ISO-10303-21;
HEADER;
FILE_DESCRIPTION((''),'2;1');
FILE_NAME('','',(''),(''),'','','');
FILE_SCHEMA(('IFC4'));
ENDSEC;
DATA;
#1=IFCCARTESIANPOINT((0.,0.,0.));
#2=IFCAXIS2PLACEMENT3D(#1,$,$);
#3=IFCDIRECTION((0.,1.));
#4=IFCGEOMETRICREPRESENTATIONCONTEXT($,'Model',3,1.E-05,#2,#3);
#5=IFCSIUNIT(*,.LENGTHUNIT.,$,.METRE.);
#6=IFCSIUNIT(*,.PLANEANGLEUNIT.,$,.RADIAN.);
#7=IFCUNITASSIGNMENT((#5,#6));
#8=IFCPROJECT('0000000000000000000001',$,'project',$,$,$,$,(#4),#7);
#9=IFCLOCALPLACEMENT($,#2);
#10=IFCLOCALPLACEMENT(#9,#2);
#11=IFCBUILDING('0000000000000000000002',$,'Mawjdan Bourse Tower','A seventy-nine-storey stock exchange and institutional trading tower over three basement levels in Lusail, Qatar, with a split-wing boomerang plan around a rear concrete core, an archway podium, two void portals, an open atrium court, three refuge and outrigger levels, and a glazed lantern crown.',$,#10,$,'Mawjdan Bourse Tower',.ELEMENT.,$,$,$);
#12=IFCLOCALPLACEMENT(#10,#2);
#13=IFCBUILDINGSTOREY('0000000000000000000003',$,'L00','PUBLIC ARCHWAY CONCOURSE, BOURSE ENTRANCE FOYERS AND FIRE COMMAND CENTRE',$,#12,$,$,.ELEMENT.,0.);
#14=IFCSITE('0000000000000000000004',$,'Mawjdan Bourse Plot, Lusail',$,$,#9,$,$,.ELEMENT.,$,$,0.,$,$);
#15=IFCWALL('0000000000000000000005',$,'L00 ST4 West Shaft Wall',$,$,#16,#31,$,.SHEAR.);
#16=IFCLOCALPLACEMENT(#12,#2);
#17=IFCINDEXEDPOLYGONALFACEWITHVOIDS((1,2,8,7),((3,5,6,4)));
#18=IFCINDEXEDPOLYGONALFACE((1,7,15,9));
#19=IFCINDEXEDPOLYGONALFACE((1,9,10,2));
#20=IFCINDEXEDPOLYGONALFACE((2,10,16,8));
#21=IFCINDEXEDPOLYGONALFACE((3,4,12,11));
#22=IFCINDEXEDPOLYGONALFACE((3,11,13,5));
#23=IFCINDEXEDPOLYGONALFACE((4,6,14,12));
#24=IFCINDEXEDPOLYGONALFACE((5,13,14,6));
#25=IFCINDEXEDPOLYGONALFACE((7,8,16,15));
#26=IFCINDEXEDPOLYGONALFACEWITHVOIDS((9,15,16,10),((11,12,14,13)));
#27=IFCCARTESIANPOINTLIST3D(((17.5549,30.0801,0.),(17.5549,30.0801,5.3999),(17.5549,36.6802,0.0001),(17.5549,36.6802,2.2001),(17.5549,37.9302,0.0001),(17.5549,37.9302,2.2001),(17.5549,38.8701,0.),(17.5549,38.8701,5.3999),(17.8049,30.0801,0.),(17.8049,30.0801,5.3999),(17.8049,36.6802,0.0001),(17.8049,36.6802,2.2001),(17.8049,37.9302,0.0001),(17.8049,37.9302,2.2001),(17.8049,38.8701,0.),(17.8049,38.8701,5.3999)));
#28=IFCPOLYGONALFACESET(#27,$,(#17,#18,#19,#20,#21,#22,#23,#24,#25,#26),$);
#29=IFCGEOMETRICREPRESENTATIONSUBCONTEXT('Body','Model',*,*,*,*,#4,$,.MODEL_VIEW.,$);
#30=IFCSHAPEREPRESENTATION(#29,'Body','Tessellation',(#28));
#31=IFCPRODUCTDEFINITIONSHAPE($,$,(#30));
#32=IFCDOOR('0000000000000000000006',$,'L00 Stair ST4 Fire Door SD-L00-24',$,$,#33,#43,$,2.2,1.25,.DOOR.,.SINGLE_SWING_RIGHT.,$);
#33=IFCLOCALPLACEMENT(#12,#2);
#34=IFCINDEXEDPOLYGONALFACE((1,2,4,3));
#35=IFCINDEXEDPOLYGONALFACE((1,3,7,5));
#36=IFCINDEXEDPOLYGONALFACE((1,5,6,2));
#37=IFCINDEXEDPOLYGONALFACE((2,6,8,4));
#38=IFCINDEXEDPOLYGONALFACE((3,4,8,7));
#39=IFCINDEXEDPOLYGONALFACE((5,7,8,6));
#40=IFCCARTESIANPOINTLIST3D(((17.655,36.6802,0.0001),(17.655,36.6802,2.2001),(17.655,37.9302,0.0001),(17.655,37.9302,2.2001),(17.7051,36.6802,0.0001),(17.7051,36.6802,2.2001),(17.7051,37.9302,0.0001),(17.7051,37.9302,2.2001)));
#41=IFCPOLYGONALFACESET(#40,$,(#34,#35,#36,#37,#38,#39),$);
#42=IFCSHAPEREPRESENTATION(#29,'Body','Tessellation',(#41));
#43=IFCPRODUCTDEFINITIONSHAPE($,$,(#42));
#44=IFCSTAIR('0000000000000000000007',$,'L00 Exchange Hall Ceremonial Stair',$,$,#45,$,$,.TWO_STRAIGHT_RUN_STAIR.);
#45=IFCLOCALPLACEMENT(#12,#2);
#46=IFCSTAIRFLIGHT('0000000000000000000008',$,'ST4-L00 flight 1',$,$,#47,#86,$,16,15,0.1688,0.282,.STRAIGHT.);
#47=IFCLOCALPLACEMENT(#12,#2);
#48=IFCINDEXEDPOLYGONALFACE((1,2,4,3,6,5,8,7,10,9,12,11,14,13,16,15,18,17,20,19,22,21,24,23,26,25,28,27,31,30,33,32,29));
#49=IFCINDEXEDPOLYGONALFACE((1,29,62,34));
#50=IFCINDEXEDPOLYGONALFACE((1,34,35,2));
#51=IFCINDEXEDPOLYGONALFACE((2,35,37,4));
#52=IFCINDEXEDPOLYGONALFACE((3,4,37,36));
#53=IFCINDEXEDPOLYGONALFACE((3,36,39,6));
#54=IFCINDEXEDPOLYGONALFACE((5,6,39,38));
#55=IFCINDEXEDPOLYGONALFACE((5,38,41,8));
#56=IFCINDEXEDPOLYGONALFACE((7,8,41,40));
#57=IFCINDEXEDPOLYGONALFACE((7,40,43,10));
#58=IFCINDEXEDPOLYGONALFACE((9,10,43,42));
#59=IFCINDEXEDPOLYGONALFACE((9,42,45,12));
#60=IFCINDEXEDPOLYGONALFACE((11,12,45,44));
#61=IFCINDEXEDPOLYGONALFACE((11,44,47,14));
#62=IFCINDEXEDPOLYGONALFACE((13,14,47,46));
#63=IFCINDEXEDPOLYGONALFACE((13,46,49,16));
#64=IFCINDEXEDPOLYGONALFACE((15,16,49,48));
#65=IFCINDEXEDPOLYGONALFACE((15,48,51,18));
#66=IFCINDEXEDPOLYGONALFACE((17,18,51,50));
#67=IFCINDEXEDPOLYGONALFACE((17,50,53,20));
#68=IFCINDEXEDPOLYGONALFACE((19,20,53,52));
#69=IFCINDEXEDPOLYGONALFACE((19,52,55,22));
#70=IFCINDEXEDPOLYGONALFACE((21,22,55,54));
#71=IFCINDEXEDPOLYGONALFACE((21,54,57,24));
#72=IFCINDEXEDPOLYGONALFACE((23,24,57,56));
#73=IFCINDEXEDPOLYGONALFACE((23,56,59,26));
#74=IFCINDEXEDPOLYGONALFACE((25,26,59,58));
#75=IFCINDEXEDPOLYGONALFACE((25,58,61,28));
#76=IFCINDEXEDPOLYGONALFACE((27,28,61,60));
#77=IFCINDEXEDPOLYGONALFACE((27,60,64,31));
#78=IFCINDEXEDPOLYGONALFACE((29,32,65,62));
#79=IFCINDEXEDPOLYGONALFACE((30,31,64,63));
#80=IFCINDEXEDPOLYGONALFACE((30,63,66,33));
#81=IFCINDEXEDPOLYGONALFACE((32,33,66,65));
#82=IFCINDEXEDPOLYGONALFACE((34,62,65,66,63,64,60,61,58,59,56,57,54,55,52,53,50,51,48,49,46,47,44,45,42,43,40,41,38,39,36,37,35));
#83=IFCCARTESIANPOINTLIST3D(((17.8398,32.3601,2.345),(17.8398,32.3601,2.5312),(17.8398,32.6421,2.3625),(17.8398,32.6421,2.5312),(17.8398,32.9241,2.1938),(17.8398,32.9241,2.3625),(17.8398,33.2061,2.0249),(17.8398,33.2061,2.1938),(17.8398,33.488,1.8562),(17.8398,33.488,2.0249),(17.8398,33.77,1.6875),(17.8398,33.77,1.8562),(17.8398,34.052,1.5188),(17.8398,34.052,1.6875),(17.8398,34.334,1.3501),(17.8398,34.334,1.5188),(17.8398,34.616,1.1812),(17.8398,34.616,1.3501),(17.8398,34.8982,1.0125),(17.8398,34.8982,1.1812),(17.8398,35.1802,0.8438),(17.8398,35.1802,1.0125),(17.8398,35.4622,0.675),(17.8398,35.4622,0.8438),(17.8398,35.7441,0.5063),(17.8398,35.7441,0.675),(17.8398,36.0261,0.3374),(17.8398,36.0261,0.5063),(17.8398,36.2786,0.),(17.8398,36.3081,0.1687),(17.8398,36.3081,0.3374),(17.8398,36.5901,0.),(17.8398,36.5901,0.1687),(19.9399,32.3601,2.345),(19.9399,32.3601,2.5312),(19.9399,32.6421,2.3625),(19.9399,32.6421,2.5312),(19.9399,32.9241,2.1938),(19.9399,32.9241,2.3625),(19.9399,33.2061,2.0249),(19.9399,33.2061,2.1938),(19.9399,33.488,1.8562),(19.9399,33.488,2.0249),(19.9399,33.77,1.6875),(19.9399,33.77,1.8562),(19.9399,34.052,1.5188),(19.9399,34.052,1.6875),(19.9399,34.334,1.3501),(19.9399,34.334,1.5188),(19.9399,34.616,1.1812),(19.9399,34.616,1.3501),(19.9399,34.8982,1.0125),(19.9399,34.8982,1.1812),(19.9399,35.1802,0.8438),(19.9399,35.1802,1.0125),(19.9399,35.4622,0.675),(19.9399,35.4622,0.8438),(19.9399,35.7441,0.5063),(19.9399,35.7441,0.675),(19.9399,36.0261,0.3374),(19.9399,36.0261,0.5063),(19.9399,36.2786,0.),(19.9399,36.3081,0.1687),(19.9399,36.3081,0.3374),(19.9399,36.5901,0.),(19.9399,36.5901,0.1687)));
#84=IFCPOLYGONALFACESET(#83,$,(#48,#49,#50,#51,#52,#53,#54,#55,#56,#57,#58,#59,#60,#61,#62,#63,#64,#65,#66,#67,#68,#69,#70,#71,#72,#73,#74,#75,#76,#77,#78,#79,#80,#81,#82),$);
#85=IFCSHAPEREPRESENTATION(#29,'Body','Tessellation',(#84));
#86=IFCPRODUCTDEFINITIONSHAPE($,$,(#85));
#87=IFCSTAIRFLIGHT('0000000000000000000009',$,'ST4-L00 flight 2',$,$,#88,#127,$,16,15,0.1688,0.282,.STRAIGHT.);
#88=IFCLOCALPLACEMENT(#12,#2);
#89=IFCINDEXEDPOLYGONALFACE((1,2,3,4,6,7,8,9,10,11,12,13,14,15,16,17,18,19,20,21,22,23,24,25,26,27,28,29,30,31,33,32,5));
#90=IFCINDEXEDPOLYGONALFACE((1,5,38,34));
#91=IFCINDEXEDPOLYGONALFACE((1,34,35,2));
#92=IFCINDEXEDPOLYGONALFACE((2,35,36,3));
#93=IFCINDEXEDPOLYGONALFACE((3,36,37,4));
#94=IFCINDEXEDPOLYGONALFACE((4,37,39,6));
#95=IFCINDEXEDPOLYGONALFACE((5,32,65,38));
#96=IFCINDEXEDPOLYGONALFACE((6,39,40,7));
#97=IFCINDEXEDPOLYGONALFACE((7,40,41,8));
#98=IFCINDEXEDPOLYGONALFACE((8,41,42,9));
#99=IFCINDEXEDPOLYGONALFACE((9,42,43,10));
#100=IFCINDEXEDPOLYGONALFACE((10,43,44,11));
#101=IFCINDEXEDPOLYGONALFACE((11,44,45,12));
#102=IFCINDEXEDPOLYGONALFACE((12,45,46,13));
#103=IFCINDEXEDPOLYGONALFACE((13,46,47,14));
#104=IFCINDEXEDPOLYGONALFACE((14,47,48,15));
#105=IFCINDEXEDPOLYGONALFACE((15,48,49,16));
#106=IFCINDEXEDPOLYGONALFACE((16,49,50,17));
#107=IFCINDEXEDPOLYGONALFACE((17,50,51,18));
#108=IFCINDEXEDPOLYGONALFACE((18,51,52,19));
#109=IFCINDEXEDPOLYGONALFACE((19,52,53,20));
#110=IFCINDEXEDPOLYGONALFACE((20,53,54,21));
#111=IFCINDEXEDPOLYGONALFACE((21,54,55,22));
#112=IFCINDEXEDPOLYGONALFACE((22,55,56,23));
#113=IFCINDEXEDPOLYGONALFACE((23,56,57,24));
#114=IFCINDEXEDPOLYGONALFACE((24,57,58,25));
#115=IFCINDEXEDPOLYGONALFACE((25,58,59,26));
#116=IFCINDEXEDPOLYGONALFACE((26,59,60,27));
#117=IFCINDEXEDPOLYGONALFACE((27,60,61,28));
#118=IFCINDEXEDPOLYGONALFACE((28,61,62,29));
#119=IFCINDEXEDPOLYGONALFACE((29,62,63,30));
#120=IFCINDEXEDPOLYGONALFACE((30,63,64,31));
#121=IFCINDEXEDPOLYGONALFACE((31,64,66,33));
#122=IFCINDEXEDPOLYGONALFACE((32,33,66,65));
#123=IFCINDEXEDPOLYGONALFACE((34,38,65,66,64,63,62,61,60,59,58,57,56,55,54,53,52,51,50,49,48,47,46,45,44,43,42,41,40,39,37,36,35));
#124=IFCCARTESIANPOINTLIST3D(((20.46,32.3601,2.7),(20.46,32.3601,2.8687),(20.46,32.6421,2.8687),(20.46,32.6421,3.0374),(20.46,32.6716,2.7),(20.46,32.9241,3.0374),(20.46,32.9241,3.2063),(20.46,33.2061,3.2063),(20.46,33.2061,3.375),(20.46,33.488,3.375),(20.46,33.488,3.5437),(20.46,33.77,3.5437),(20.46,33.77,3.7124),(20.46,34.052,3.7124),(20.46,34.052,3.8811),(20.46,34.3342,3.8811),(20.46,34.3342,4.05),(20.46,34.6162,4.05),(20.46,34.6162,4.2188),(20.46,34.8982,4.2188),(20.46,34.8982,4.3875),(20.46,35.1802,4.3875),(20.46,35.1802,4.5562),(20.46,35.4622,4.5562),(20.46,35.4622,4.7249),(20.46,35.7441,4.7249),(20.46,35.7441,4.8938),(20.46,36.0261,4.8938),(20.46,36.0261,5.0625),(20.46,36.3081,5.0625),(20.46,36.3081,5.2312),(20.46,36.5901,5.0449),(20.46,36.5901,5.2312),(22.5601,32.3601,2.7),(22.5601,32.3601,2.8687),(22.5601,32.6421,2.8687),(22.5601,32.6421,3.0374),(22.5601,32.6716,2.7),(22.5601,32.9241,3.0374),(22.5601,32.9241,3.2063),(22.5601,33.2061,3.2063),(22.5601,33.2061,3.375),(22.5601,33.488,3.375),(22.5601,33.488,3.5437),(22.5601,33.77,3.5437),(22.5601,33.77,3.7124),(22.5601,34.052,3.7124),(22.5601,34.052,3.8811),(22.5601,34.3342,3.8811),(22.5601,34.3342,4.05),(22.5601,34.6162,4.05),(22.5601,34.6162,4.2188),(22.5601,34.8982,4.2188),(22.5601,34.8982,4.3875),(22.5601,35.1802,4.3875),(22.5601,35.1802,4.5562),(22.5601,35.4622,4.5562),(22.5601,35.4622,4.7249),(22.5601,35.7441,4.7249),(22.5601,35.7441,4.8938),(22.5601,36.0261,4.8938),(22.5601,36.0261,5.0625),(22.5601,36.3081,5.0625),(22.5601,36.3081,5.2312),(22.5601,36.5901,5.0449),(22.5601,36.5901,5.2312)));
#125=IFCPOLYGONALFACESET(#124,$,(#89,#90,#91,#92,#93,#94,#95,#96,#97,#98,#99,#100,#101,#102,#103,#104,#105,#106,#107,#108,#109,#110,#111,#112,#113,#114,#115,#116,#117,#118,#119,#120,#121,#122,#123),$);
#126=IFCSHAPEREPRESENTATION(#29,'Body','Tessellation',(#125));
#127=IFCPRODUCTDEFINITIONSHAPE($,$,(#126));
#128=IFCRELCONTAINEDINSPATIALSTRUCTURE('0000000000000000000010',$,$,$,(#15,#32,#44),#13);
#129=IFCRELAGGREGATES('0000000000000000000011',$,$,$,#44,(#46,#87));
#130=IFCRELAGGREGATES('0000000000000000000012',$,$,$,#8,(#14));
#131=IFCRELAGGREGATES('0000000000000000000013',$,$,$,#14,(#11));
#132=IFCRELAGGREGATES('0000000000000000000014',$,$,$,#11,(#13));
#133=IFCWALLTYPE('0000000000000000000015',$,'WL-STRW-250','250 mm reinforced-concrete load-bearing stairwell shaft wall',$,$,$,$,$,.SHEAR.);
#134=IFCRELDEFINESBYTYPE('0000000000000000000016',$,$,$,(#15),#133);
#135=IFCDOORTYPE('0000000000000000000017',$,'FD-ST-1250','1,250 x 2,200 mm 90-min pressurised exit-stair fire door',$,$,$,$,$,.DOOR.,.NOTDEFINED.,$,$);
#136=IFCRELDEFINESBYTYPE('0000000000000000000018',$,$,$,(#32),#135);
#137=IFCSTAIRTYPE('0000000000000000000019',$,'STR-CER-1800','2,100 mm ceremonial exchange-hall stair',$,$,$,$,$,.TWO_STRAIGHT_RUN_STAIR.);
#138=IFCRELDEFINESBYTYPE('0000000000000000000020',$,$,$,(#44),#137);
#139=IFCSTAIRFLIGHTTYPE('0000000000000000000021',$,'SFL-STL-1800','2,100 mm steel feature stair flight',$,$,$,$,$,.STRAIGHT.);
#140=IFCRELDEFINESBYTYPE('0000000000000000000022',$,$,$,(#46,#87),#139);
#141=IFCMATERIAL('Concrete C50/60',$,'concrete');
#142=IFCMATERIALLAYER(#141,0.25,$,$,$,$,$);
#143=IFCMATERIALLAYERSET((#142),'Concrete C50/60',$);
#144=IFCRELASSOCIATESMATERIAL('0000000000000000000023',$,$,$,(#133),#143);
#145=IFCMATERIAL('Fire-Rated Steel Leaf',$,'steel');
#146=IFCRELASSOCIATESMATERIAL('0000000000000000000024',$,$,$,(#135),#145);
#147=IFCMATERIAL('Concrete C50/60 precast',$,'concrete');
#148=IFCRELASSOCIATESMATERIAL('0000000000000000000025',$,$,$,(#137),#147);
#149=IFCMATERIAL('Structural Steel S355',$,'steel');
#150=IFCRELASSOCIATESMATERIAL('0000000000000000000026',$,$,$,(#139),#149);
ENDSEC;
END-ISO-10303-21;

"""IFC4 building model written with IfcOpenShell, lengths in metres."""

from ifc_helpers import new_model, si_unit, direction, frame, frame_2d, origin, place, context, subcontext, project, spatial, polyline, rectangle, outline, extrude, material, layer, layer_set, type_object, element, fill, aggregate, save


model = new_model("IFC4")

# Units and contexts
model_context = context("Model", 3, precision=1e-05, world=origin(), true_north=direction((0.0, 1.0)))
body_context = subcontext(model_context, "Body", "Model", "MODEL_VIEW")
ifc_project = project(units=[si_unit("LENGTHUNIT", "METRE"), si_unit("PLANEANGLEUNIT", "RADIAN")], contexts=[model_context])

# Site, building, storey
site_placement = place(None, origin())
site = spatial("IfcSite", under=ifc_project, at=site_placement, Name="Mawjdan Bourse Plot, Lusail", CompositionType="ELEMENT", RefElevation=0.0)
building_placement = place(site_placement, origin())
building = spatial("IfcBuilding", under=site, at=building_placement, Name="Mawjdan Bourse Tower", Description="A seventy-nine-storey stock exchange and institutional trading tower over three basement levels in Lusail, Qatar, with a split-wing boomerang plan around a rear concrete core, an archway podium, two void portals, an open atrium court, three refuge and outrigger levels, and a glazed lantern crown.", LongName="Mawjdan Bourse Tower", CompositionType="ELEMENT")
storey_placement = place(building_placement, origin())
storey = spatial("IfcBuildingStorey", under=building, at=storey_placement, Name="L00", Description="PUBLIC ARCHWAY CONCOURSE, BOURSE ENTRANCE FOYERS AND FIRE COMMAND CENTRE", CompositionType="ELEMENT", Elevation=0.0)

# Shared definitions
ifc_material_1 = material(Name="Structural Steel S355", Category="steel")

# Shared definitions
ifc_material_2 = material(Name="Concrete C50/60", Category="concrete")
ifc_layer = layer(ifc_material_2, 0.25)
ifc_layer_set = layer_set([ifc_layer], Name="Concrete C50/60")
wall_type = type_object("IfcWallType", Name="WL-STRW-250", Description="250 mm reinforced-concrete load-bearing stairwell shaft wall", PredefinedType="SHEAR", material=ifc_layer_set)

# Wall, opening, door
wall_1_placement = place(storey_placement, frame((17.6799, 30.0801, 0.0), z_axis=(0.0, 0.0, 1.0), x_axis=(0.0, 1.0, 0.0)))
wall_1 = element("IfcWall", 1, at=wall_1_placement, inside=storey, type_object=wall_type, Name="L00 ST4 West Shaft Wall", PredefinedType="SHEAR", context=body_context, shape_type="SweptSolid", body=[
    extrude(rectangle(XDim=8.79, YDim=0.25, at=frame_2d((4.395, 0.0))), origin(), (0.0, 0.0, 1.0), 5.3999),
])
opening_placement = place(wall_1_placement, frame((6.6001, 0.0, 0.0)))
opening = element("IfcOpeningElement", 2, at=opening_placement, cuts=wall_1, PredefinedType="OPENING", context=body_context, shape_type="SweptSolid", body=[
    extrude(rectangle(XDim=1.25, YDim=2.2, at=frame_2d((0.625, 1.1001))), frame((0.0, 0.135, 0.0), z_axis=(0.0, -1.0, 0.0), x_axis=(1.0, 0.0, 0.0)), (0.0, 0.0, 1.0), 0.27),
])
ifc_material_3 = material(Name="Fire-Rated Steel Leaf", Category="steel")
door_type = type_object("IfcDoorType", Name="FD-ST-1250", Description="1,250 x 2,200 mm 90-min pressurised exit-stair fire door", OperationType="NOTDEFINED", PredefinedType="DOOR", material=ifc_material_3)
door_placement = place(opening_placement, origin())
door = element("IfcDoor", 3, at=door_placement, inside=storey, type_object=door_type, Name="L00 Stair ST4 Fire Door SD-L00-24", OperationType="SINGLE_SWING_RIGHT", OverallHeight=2.2, OverallWidth=1.25, PredefinedType="DOOR", context=body_context, shape_type="SweptSolid", body=[
    extrude(rectangle(XDim=1.25, YDim=2.2, at=frame_2d((0.625, 1.1001))), frame((0.0, 0.0249, 0.0), z_axis=(0.0, -1.0, 0.0), x_axis=(1.0, 0.0, 0.0)), (0.0, 0.0, 1.0), 0.05),
])
fill(opening, door)

# Stair, stair flights
ifc_material_4 = material(Name="Concrete C50/60 precast", Category="concrete")
stair_type = type_object("IfcStairType", Name="STR-CER-1800", Description="2,100 mm ceremonial exchange-hall stair", PredefinedType="TWO_STRAIGHT_RUN_STAIR", material=ifc_material_4)
stair_placement = place(storey_placement, origin())
stair = element("IfcStair", 4, at=stair_placement, inside=storey, type_object=stair_type, Name="L00 Exchange Hall Ceremonial Stair", PredefinedType="TWO_STRAIGHT_RUN_STAIR")
stair_flight_type = type_object("IfcStairFlightType", Name="SFL-STL-1800", Description="2,100 mm steel feature stair flight", PredefinedType="STRAIGHT", material=ifc_material_1)
stair_flight_1_placement = place(storey_placement, frame((18.8899, 36.5901, 0.0), z_axis=(0.0, 0.0, 1.0), x_axis=(0.0, -1.0, 0.0)))
stair_flight_1 = element("IfcStairFlight", 5, at=stair_flight_1_placement, type_object=stair_flight_type, Name="ST4-L00 flight 1", NumberOfRisers=16, NumberOfTreads=15, PredefinedType="STRAIGHT", RiserHeight=0.1688, TreadLength=0.282, context=body_context, shape_type="SweptSolid", body=[
    extrude(outline(polyline([(0.0, 0.0), (0.0, 0.1687), (0.282, 0.1687), (0.282, 0.3374), (0.564, 0.3374), (0.564, 0.5063), (0.8459, 0.5063), (0.8459, 0.675), (1.1279, 0.675), (1.1279, 0.8438), (1.4099, 0.8438), (1.4099, 1.0125), (1.6919, 1.0125), (1.6919, 1.1812), (1.9741, 1.1812), (1.9741, 1.3501), (2.2561, 1.3501), (2.2561, 1.5188), (2.5381, 1.5188), (2.5381, 1.6875), (2.8201, 1.6875), (2.8201, 1.8562), (3.1021, 1.8562), (3.1021, 2.0249), (3.384, 2.0249), (3.384, 2.1938), (3.666, 2.1938), (3.666, 2.3625), (3.948, 2.3625), (3.948, 2.5312), (4.23, 2.5312), (4.23, 2.7), (4.23, 2.345), (0.3115, 0.0), (0.0, 0.0)])), frame((0.0, 1.05, 0.0), z_axis=(0.0, -1.0, 0.0), x_axis=(1.0, 0.0, 0.0)), (0.0, 0.0, 1.0), 2.1001),
])
stair_flight_2_placement = place(storey_placement, frame((21.51, 32.3601, 2.7), z_axis=(0.0, 0.0, 1.0), x_axis=(0.0, 1.0, 0.0)))
stair_flight_2 = element("IfcStairFlight", 6, at=stair_flight_2_placement, type_object=stair_flight_type, Name="ST4-L00 flight 2", NumberOfRisers=16, NumberOfTreads=15, PredefinedType="STRAIGHT", RiserHeight=0.1688, TreadLength=0.282, context=body_context, shape_type="SweptSolid", body=[
    extrude(outline(polyline([(0.0, 0.0), (0.0, 0.1687), (0.282, 0.1687), (0.282, 0.3374), (0.564, 0.3374), (0.564, 0.5063), (0.8459, 0.5063), (0.8459, 0.675), (1.1279, 0.675), (1.1279, 0.8438), (1.4099, 0.8438), (1.4099, 1.0125), (1.6919, 1.0125), (1.6919, 1.1812), (1.9741, 1.1812), (1.9741, 1.3501), (2.2561, 1.3501), (2.2561, 1.5188), (2.5381, 1.5188), (2.5381, 1.6875), (2.8201, 1.6875), (2.8201, 1.8562), (3.1021, 1.8562), (3.1021, 2.0249), (3.384, 2.0249), (3.384, 2.1938), (3.666, 2.1938), (3.666, 2.3625), (3.948, 2.3625), (3.948, 2.5312), (4.23, 2.5312), (4.23, 2.7), (4.23, 2.345), (0.3115, 0.0), (0.0, 0.0)])), frame((0.0, 1.05, 0.0), z_axis=(0.0, -1.0, 0.0), x_axis=(1.0, 0.0, 0.0)), (0.0, 0.0, 1.0), 2.1001),
])
aggregate(stair, [stair_flight_1, stair_flight_2])

save(model, "model.ifc")
